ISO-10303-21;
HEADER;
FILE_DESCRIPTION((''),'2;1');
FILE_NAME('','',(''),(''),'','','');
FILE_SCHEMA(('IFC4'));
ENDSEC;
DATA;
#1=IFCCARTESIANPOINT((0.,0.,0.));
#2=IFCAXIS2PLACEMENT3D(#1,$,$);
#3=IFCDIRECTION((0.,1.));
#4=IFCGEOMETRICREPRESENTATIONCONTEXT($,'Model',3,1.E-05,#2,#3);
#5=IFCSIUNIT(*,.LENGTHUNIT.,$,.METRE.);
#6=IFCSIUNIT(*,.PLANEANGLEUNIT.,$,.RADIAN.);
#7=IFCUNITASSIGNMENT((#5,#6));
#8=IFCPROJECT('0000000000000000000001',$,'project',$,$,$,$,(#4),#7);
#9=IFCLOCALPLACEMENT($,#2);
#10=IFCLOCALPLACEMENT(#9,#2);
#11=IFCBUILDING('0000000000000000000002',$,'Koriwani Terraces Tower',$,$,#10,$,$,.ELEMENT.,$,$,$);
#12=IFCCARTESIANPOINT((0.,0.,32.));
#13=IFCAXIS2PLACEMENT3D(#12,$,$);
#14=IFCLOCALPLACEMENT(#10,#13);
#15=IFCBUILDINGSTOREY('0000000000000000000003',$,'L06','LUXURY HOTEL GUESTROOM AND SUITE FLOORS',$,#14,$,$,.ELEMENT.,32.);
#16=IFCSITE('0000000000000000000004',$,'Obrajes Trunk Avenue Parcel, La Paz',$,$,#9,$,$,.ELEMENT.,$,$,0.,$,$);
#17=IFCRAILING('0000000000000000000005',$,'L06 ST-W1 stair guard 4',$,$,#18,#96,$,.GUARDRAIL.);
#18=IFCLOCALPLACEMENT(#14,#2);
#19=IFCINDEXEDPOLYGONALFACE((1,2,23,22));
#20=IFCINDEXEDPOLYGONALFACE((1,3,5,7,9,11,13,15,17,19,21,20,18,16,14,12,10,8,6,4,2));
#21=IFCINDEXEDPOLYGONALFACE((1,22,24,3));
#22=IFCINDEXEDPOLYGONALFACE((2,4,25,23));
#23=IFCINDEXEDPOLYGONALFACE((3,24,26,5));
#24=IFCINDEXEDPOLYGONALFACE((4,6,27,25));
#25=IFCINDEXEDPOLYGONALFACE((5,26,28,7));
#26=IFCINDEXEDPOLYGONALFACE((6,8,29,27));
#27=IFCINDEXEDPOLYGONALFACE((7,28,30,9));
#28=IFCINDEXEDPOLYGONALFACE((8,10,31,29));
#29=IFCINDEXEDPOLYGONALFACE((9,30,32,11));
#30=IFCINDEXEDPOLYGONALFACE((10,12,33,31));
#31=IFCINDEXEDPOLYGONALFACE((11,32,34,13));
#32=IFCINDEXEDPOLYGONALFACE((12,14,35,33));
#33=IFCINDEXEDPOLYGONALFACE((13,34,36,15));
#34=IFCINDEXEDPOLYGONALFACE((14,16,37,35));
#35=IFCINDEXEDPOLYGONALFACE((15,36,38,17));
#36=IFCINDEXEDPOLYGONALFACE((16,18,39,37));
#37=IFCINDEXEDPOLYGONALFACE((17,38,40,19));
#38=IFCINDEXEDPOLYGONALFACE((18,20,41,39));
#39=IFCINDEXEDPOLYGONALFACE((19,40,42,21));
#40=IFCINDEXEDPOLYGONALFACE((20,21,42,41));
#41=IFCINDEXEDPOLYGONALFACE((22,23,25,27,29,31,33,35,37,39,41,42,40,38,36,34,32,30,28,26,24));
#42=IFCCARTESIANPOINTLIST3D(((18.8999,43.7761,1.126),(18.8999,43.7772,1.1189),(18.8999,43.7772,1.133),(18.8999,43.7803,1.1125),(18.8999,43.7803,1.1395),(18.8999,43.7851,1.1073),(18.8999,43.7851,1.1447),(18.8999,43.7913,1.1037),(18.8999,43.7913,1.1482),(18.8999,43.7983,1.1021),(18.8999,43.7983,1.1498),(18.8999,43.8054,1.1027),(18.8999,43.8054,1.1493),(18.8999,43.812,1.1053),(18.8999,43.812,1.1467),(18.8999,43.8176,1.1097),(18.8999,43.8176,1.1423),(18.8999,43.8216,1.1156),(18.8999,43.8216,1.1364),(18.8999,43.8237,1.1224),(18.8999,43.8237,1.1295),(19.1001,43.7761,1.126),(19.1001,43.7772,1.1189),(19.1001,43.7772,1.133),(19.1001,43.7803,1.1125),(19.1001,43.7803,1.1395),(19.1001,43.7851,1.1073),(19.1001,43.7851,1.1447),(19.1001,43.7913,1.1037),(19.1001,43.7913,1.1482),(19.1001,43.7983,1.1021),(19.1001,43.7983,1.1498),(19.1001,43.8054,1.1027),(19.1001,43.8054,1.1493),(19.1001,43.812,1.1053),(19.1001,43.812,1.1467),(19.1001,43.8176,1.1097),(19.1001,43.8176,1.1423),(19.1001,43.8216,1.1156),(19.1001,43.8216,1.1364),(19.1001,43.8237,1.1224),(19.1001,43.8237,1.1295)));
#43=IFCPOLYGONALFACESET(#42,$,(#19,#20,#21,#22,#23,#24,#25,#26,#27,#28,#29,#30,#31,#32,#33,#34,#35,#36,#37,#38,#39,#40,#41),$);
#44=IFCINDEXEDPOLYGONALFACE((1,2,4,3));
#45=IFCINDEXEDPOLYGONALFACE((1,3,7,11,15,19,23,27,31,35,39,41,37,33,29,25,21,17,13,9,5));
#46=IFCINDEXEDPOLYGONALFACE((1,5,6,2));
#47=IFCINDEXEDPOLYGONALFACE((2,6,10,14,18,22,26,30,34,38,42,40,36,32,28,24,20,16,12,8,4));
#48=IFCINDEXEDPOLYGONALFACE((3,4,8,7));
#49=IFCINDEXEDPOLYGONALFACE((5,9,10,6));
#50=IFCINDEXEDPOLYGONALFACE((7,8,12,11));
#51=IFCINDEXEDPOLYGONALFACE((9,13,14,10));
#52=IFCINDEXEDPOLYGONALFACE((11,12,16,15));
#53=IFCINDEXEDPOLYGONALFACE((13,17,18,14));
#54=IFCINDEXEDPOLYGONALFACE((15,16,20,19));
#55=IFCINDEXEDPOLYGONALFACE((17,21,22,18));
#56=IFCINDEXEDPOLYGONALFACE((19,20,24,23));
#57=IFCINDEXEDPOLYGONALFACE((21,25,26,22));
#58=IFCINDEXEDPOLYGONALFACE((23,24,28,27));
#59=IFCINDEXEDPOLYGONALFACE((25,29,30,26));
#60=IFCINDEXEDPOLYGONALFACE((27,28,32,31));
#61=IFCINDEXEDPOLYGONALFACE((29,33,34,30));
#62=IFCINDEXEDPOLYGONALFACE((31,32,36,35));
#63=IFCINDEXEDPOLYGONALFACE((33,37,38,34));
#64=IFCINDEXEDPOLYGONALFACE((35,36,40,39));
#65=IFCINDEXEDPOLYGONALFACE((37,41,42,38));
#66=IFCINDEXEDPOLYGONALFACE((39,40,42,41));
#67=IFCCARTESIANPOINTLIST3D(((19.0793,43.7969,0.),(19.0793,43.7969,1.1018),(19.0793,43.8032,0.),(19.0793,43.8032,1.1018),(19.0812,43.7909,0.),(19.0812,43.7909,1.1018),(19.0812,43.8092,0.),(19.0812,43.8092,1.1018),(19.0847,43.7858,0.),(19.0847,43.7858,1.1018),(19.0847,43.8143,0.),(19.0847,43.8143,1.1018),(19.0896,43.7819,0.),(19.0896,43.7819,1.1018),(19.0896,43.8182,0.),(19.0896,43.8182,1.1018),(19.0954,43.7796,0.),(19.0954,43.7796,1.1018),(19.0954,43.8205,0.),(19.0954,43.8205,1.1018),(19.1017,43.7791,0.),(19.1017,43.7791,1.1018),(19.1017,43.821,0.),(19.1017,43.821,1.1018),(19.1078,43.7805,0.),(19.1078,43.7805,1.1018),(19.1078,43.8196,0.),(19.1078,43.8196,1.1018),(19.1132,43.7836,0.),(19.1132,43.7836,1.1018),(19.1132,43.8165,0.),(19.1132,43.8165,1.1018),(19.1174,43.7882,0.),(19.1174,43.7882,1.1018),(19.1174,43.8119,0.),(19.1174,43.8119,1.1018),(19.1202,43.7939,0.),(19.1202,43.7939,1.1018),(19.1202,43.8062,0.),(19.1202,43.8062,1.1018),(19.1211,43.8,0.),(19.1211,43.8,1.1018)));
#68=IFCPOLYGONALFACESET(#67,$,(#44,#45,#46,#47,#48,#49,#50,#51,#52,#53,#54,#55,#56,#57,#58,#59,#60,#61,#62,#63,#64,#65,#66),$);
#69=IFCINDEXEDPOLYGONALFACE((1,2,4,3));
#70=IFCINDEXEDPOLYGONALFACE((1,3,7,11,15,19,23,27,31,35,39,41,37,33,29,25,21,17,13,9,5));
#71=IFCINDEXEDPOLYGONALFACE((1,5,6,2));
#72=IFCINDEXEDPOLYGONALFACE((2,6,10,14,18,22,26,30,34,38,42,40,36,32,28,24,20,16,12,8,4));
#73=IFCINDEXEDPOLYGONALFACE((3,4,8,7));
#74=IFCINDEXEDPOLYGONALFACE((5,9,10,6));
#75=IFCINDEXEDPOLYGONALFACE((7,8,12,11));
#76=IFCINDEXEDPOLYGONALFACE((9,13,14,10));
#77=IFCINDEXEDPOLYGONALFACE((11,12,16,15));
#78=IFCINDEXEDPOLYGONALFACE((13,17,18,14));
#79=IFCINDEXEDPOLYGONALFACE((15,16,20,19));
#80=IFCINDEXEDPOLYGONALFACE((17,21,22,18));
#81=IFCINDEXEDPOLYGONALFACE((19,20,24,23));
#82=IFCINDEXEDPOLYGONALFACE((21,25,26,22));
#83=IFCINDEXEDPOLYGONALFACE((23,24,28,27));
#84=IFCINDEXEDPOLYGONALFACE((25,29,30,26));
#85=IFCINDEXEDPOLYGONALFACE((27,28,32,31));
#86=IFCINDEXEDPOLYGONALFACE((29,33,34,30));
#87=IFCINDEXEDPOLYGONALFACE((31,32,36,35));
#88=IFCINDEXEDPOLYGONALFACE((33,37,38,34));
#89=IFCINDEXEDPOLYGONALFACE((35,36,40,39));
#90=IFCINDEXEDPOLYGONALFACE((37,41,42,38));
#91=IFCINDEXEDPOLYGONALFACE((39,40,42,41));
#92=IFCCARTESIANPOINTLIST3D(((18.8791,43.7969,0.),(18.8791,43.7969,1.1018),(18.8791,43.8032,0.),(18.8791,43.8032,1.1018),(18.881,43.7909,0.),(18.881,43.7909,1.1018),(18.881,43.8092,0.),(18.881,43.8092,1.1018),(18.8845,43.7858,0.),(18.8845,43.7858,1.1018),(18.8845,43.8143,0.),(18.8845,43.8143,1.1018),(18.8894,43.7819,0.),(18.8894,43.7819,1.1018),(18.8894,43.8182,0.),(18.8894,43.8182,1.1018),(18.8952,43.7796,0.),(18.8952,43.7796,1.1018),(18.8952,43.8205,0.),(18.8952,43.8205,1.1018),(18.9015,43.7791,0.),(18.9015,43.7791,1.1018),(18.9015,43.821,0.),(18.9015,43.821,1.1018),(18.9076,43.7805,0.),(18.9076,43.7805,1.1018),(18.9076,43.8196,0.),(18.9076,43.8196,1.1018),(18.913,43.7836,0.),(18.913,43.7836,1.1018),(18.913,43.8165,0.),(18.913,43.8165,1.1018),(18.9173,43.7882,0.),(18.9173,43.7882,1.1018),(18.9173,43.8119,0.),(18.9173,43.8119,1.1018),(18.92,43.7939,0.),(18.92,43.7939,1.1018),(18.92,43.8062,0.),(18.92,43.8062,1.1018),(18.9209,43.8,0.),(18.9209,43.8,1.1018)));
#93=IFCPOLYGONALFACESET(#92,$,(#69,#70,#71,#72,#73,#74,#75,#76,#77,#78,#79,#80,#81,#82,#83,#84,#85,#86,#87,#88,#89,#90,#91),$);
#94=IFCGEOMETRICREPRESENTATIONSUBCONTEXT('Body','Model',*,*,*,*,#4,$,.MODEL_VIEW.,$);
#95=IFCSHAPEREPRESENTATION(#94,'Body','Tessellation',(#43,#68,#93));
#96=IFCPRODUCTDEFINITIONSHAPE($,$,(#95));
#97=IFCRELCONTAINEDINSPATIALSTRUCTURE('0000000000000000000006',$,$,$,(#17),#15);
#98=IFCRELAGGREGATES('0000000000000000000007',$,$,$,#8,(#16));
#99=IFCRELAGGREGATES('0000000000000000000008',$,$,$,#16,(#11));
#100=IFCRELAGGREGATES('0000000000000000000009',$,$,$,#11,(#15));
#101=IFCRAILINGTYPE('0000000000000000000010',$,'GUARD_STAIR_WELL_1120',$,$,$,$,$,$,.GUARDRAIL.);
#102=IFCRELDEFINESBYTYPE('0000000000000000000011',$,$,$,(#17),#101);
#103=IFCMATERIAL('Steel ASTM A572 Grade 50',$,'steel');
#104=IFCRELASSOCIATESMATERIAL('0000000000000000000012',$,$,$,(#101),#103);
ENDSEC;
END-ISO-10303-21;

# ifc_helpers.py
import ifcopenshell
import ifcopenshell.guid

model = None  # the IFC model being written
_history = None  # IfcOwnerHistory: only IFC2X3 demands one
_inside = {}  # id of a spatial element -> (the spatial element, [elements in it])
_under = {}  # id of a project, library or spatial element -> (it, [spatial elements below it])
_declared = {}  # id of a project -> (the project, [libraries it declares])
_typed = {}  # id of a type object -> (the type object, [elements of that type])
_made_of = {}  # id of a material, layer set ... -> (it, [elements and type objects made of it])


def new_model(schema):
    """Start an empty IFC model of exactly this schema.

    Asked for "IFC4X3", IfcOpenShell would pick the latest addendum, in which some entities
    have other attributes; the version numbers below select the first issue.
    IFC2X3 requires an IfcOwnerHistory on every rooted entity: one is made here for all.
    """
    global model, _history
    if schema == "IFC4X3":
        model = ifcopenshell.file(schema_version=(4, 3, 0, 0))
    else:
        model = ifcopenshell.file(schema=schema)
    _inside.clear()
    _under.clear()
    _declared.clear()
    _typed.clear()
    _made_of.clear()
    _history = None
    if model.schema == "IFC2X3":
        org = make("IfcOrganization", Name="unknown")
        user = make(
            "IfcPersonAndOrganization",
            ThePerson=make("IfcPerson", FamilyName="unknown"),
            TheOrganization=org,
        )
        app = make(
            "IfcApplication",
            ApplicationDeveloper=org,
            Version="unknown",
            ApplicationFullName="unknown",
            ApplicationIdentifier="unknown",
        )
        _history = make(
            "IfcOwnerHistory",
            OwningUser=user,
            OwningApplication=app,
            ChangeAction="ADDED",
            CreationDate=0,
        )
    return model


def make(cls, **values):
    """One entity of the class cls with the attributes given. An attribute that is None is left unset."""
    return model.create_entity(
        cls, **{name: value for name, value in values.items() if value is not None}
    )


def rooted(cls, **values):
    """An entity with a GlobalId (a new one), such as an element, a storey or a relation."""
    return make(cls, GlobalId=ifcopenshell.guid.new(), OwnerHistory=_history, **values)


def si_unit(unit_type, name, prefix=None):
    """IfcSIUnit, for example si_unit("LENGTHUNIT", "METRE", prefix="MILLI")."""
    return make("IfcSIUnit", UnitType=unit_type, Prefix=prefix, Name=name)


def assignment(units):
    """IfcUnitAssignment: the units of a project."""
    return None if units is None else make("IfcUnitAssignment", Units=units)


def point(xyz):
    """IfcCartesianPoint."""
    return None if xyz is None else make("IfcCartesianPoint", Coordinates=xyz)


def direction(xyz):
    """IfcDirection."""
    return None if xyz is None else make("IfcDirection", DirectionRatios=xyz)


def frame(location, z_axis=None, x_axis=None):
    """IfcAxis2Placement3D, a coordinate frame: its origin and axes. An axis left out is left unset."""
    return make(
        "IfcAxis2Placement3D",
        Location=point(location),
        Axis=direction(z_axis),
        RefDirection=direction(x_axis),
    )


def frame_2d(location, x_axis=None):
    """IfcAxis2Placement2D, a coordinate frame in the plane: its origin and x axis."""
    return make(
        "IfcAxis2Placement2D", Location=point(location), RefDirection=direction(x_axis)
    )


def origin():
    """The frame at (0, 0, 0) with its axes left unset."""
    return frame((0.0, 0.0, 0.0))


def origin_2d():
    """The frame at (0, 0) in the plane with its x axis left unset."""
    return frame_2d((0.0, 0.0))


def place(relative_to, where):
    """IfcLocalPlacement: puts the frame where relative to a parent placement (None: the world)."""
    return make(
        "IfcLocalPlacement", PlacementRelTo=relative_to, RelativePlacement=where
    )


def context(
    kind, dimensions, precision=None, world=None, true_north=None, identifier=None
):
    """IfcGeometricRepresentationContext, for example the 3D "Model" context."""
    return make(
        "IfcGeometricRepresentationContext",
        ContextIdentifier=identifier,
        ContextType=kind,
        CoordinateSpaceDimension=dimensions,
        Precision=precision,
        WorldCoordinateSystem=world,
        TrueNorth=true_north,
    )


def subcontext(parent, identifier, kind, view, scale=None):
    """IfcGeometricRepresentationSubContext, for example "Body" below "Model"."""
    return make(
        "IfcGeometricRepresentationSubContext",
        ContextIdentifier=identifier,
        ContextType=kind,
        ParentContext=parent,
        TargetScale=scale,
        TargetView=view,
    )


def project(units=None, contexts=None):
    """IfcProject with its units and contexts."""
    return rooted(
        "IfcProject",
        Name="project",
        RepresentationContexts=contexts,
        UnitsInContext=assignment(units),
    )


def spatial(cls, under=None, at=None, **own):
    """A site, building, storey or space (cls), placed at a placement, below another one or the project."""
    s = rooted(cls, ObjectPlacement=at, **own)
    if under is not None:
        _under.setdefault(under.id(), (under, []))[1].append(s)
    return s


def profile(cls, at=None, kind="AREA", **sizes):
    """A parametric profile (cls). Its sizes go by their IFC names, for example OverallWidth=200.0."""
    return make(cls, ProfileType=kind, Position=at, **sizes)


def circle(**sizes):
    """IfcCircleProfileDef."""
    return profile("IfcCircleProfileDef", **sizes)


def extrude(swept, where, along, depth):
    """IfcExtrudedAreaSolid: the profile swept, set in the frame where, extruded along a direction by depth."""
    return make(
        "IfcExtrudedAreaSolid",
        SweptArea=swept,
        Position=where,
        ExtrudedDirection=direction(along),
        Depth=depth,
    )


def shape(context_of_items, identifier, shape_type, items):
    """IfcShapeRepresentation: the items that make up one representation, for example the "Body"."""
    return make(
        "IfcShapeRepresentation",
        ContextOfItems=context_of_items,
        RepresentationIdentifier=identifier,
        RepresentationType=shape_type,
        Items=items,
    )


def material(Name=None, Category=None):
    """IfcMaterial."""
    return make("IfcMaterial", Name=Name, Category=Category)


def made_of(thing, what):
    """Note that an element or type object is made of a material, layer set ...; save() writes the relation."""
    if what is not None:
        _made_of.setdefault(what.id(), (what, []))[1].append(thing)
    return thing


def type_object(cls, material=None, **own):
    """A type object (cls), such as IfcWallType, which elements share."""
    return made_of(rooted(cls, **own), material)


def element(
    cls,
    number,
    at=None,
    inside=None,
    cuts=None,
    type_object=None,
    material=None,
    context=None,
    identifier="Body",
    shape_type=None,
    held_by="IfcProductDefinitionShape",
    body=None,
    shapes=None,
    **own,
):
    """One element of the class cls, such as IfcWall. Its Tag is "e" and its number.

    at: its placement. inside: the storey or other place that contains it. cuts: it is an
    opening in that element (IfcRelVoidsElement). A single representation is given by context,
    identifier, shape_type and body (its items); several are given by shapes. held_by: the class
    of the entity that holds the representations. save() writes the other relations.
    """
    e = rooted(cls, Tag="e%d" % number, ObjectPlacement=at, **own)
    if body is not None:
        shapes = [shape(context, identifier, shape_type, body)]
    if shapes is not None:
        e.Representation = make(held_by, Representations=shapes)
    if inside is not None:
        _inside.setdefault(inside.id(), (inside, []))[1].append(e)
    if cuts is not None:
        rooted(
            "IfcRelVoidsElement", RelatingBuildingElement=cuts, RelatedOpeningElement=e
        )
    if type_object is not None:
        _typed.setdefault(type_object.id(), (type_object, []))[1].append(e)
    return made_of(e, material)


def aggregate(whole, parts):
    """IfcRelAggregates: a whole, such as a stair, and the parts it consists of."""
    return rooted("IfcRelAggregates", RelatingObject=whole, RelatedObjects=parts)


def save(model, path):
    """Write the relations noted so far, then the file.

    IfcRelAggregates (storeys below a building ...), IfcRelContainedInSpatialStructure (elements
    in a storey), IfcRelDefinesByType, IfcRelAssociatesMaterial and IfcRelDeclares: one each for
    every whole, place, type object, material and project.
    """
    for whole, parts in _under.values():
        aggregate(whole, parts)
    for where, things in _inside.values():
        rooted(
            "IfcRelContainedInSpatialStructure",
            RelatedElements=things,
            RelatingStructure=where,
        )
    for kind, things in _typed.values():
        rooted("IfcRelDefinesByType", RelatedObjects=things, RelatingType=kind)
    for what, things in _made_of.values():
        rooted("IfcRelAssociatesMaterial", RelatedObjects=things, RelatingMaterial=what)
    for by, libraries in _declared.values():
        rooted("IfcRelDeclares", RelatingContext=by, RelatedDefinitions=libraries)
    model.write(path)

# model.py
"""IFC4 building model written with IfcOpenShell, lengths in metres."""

from ifc_helpers import new_model, si_unit, direction, frame, origin, origin_2d, place, context, subcontext, project, spatial, circle, extrude, material, type_object, element, save


model = new_model("IFC4")

# Units and contexts
model_context = context("Model", 3, precision=1e-05, world=origin(), true_north=direction((0.0, 1.0)))
body_context = subcontext(model_context, "Body", "Model", "MODEL_VIEW")
ifc_project = project(units=[si_unit("LENGTHUNIT", "METRE"), si_unit("PLANEANGLEUNIT", "RADIAN")], contexts=[model_context])

# Site, building, storey
site_placement = place(None, origin())
site = spatial("IfcSite", under=ifc_project, at=site_placement, Name="Obrajes Trunk Avenue Parcel, La Paz", CompositionType="ELEMENT", RefElevation=0.0)
building_placement = place(site_placement, origin())
building = spatial("IfcBuilding", under=site, at=building_placement, Name="Koriwani Terraces Tower", CompositionType="ELEMENT")
storey_placement = place(building_placement, frame((0.0, 0.0, 32.0)))
storey = spatial("IfcBuildingStorey", under=building, at=storey_placement, Name="L06", Description="LUXURY HOTEL GUESTROOM AND SUITE FLOORS", CompositionType="ELEMENT", Elevation=32.0)

# Shared definitions
ifc_material_1 = material(Name="Steel ASTM A572 Grade 50", Category="steel")

# Railing
railing_type_1 = type_object("IfcRailingType", Name="GUARD_STAIR_WELL_1120", PredefinedType="GUARDRAIL", material=ifc_material_1)
railing_1_placement = place(storey_placement, frame((19.1001, 43.8, 0.0)))
element("IfcRailing", 1, at=railing_1_placement, inside=storey, type_object=railing_type_1, Name="L06 ST-W1 stair guard 4", PredefinedType="GUARDRAIL", context=body_context, shape_type="SweptSolid", body=[
    extrude(circle(Radius=0.0239, at=origin_2d()), frame((0.0, 0.0, 1.126), z_axis=(-1.0, 0.0, 0.0), x_axis=(0.0, -1.0, 0.0)), (0.0, 0.0, 1.0), 0.2002),
    extrude(circle(Radius=0.021, at=origin_2d()), origin(), (0.0, 0.0, 1.0), 1.1018),
    extrude(circle(Radius=0.021, at=origin_2d()), frame((-0.2002, 0.0, 0.0)), (0.0, 0.0, 1.0), 1.1018),
])

save(model, "model.ifc")
